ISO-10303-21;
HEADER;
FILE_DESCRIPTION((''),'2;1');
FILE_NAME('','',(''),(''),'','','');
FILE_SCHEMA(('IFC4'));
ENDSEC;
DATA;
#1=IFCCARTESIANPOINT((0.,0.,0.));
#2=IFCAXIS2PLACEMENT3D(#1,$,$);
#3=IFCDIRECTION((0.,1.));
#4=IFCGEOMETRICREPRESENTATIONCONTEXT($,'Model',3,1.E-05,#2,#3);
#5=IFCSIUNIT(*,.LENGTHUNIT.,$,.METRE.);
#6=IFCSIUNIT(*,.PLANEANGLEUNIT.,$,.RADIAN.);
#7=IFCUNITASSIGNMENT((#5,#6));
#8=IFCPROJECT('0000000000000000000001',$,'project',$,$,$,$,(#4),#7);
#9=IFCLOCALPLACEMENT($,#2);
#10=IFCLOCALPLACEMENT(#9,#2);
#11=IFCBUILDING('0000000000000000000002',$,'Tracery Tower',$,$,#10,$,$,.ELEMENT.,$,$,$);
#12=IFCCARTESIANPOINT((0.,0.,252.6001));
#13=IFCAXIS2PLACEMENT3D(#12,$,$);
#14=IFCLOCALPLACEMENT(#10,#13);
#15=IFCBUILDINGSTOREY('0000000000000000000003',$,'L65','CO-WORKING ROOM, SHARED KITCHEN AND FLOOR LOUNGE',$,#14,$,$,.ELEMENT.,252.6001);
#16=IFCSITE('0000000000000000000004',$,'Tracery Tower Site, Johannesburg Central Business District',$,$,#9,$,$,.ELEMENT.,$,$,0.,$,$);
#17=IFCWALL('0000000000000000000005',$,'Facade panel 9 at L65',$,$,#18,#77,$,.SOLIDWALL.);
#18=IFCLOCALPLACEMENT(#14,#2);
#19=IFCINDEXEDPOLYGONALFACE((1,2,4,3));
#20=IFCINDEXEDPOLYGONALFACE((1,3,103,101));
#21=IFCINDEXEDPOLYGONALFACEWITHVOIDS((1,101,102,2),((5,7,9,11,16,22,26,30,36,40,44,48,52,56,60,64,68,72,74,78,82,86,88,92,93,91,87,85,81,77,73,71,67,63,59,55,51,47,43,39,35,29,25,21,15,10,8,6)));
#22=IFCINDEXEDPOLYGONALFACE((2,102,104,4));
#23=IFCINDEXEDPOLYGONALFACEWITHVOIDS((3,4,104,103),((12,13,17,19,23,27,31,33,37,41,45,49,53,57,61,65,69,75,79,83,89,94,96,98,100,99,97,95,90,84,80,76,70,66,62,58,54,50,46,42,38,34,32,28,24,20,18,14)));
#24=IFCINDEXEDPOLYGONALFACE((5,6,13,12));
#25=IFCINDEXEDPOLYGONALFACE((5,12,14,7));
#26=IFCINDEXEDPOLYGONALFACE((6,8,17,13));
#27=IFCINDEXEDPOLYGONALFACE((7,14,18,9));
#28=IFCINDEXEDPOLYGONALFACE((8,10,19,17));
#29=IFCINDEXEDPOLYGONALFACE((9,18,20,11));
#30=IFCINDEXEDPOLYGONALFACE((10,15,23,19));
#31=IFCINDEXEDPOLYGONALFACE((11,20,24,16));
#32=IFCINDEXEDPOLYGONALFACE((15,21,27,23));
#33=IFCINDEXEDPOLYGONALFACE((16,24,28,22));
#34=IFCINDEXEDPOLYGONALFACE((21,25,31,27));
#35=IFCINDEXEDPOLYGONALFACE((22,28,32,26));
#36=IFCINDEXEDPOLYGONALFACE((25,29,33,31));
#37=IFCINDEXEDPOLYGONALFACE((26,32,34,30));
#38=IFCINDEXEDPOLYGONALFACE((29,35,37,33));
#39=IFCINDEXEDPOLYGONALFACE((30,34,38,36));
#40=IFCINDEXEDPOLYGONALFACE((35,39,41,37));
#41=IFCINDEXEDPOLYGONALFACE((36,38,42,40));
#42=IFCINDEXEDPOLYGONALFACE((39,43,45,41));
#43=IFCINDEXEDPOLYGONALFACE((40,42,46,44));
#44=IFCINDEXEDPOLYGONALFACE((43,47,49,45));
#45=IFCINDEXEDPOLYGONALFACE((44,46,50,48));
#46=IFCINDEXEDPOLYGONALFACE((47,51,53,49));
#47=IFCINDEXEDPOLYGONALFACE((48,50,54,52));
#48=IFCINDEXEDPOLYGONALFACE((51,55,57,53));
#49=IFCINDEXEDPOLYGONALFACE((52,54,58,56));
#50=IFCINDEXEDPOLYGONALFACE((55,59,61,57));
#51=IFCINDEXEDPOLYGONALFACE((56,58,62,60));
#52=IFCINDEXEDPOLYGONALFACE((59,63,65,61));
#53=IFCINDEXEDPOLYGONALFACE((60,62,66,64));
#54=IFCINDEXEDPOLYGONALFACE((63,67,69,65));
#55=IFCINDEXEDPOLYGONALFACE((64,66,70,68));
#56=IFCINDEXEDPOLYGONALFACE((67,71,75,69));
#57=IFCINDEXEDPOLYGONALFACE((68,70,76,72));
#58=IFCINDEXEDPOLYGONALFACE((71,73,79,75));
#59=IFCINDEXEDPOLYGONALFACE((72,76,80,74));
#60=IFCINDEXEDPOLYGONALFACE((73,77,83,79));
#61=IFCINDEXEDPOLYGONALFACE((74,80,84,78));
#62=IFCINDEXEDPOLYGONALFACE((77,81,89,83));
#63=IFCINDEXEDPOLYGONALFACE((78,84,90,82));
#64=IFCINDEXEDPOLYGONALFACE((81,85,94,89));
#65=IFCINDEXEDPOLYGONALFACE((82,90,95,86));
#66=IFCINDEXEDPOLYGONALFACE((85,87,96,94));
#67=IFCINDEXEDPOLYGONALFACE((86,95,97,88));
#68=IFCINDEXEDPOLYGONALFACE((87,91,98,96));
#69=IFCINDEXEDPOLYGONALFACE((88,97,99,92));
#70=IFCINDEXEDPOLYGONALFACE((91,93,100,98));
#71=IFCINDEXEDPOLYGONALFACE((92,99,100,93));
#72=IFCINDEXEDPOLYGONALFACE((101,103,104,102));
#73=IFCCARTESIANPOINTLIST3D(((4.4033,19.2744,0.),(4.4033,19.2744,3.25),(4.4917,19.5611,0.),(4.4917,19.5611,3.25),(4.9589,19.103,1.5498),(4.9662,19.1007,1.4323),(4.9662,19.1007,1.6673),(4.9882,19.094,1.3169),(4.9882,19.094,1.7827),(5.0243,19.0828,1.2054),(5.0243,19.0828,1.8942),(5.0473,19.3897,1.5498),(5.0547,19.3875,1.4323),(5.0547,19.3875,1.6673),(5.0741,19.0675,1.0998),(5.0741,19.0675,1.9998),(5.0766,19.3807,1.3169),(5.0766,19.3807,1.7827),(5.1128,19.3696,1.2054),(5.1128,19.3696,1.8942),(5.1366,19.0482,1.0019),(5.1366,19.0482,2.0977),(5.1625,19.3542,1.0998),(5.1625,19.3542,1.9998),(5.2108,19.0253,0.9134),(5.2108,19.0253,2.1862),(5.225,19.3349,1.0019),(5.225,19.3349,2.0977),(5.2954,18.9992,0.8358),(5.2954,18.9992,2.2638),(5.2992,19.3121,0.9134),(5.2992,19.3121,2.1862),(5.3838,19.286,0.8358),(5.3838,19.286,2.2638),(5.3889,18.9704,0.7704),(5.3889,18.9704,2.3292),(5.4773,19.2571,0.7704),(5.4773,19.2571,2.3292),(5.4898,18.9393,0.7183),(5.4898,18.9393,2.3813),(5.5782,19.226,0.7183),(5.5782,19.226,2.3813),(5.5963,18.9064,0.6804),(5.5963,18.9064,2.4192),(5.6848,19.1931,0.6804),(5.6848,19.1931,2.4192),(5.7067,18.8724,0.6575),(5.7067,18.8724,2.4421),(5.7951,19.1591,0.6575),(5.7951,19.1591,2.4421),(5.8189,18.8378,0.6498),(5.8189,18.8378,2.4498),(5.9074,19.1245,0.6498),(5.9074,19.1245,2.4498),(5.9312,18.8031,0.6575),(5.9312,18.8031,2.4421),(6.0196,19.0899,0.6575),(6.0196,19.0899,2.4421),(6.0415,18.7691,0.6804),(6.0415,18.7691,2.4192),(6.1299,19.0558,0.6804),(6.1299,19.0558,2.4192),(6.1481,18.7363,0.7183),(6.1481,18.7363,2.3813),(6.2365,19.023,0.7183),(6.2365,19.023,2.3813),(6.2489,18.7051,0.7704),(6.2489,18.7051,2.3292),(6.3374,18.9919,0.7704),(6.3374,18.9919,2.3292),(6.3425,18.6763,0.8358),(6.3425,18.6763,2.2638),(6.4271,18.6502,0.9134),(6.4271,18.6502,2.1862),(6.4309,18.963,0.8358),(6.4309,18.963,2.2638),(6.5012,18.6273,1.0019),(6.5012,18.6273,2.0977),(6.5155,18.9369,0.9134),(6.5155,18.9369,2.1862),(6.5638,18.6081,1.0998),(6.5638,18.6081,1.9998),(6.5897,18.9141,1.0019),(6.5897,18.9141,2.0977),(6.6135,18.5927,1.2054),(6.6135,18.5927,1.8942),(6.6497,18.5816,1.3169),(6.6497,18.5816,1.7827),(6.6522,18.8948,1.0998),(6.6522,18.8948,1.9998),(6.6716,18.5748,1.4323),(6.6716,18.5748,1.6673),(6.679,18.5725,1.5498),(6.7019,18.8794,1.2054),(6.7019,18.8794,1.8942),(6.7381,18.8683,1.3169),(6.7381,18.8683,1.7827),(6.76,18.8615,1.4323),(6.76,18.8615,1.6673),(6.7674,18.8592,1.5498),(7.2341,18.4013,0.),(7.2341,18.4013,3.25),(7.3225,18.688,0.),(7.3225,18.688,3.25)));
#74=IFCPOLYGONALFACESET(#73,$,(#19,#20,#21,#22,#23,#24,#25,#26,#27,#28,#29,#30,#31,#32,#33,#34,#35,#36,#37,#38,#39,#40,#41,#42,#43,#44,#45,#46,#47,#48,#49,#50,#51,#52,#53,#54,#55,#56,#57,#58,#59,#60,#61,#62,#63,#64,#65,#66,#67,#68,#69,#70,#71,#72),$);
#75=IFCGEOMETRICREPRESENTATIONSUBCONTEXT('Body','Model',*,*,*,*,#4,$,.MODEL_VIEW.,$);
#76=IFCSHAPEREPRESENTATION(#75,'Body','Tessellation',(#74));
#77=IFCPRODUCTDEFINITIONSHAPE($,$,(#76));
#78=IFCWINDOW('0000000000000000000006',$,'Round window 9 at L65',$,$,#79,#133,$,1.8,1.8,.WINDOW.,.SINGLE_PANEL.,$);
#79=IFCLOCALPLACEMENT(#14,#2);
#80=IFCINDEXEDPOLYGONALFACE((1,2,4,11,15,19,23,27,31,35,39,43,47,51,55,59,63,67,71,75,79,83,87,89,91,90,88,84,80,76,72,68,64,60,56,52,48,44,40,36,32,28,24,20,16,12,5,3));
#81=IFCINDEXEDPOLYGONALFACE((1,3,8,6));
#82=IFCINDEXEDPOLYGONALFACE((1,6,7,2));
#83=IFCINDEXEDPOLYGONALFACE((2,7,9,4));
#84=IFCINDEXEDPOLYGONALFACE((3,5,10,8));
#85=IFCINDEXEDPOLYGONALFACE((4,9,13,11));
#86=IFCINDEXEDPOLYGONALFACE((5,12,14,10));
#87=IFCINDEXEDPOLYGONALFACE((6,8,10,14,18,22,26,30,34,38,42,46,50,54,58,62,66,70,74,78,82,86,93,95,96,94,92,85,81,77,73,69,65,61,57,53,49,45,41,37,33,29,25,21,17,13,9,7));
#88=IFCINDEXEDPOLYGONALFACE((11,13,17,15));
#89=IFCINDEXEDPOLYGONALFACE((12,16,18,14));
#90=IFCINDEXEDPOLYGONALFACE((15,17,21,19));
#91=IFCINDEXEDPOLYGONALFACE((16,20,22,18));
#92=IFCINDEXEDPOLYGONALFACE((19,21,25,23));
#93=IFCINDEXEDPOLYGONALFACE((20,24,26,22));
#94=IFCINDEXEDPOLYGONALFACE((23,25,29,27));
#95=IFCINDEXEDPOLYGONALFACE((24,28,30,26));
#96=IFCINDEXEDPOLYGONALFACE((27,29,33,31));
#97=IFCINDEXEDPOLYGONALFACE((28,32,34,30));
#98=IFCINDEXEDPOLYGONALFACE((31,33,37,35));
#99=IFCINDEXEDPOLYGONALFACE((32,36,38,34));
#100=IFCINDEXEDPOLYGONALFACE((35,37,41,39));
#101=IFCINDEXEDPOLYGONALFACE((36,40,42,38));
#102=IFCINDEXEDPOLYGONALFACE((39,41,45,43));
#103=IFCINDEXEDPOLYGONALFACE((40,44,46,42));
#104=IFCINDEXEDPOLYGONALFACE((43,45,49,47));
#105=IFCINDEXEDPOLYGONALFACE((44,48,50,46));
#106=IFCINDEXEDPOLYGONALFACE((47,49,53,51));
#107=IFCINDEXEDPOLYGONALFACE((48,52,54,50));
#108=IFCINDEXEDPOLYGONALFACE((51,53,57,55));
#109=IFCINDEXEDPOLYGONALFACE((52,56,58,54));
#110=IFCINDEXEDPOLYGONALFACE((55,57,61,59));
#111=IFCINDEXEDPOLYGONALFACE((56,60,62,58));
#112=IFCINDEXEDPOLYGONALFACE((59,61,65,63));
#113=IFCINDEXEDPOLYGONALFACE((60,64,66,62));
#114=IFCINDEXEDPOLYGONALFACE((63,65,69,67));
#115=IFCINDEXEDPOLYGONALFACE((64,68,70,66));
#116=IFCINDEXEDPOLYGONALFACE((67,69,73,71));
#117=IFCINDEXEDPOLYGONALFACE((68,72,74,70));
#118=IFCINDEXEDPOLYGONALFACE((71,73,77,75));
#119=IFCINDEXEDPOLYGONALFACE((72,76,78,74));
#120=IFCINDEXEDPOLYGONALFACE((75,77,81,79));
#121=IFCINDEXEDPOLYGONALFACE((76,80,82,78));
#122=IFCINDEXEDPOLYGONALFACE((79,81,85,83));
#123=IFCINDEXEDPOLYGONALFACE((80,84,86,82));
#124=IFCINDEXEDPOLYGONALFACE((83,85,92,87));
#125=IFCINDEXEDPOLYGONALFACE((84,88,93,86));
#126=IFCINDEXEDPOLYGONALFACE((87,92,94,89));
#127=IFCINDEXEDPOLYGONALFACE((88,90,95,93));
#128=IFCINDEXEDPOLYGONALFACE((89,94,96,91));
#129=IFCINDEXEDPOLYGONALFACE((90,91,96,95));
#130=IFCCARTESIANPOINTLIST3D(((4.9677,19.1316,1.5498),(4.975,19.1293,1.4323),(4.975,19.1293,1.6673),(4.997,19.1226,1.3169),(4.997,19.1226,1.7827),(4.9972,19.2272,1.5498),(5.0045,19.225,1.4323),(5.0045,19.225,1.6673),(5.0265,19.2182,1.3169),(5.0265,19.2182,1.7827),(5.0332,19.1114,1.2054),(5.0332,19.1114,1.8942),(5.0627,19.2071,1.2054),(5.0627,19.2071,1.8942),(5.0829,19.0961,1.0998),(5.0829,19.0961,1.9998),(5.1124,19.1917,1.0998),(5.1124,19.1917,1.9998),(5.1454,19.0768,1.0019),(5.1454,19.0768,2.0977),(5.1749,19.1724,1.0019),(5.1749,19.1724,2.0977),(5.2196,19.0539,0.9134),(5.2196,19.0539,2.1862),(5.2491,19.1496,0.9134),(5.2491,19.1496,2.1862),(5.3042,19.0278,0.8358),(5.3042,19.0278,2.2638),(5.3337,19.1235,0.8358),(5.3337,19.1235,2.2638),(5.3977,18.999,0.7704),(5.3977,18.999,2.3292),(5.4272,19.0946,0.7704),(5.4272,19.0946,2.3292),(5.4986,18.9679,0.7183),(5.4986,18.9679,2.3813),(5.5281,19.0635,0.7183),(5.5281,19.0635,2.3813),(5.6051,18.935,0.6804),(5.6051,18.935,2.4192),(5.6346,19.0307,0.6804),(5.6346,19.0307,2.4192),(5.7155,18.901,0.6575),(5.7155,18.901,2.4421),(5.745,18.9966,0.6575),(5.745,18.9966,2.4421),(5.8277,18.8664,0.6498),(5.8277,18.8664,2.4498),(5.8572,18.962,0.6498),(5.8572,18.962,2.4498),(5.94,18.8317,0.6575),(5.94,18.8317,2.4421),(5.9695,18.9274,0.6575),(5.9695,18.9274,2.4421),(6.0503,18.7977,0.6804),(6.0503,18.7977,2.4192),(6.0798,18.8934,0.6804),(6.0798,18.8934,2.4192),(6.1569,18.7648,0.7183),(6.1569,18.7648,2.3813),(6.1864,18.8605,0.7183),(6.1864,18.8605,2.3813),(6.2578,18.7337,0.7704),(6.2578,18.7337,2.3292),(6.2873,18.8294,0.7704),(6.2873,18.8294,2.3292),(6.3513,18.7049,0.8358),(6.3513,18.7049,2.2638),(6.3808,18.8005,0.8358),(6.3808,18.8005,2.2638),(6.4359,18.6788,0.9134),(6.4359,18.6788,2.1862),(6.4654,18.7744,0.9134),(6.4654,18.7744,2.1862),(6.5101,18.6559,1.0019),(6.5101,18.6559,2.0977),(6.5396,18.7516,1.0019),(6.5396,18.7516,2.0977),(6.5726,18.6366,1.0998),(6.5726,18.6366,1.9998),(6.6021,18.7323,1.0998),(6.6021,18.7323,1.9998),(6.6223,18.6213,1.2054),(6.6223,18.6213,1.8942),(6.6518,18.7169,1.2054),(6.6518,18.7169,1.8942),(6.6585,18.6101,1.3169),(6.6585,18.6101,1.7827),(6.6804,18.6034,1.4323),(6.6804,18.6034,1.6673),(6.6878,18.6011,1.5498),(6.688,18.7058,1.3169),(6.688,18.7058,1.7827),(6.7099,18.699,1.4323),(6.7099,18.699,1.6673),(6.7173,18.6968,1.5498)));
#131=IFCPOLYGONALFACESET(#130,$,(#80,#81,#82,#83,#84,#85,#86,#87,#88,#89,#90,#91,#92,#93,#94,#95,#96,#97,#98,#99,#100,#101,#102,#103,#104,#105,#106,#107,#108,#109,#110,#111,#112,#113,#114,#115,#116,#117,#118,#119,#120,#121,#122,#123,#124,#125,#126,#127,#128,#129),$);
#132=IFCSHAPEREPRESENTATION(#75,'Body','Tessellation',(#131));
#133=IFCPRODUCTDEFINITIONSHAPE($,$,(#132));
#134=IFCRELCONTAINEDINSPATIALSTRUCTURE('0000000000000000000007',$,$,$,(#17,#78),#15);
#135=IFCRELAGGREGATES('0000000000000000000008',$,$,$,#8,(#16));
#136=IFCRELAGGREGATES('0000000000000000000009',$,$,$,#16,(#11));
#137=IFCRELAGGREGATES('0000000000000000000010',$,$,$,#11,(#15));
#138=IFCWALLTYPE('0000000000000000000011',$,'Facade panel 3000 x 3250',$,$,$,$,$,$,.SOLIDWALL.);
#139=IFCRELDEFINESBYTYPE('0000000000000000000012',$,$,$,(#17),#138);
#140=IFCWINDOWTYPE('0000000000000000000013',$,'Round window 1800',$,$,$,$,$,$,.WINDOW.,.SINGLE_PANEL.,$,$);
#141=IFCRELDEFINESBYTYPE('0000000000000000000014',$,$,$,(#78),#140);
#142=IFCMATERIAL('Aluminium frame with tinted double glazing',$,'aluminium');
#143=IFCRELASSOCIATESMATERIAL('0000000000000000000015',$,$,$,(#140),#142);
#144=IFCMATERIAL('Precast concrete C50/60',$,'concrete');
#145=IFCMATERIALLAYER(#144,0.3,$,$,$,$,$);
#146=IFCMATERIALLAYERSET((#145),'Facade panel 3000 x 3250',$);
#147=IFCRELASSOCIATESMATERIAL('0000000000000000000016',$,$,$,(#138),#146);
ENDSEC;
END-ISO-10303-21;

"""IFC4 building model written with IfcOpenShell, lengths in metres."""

from ifc_helpers import new_model, si_unit, direction, frame, frame_2d, origin, origin_2d, place, context, subcontext, project, spatial, rectangle, circle, extrude, material, layer, layer_set, type_object, element, fill, save


model = new_model("IFC4")

# Units and contexts
model_context = context("Model", 3, precision=1e-05, world=origin(), true_north=direction((0.0, 1.0)))
body_context = subcontext(model_context, "Body", "Model", "MODEL_VIEW")
ifc_project = project(units=[si_unit("LENGTHUNIT", "METRE"), si_unit("PLANEANGLEUNIT", "RADIAN")], contexts=[model_context])

# Site, building, storey
site_placement = place(None, origin())
site = spatial("IfcSite", under=ifc_project, at=site_placement, Name="Tracery Tower Site, Johannesburg Central Business District", CompositionType="ELEMENT", RefElevation=0.0)
building_placement = place(site_placement, origin())
building = spatial("IfcBuilding", under=site, at=building_placement, Name="Tracery Tower", CompositionType="ELEMENT")
storey_placement = place(building_placement, frame((0.0, 0.0, 252.6001)))
storey = spatial("IfcBuildingStorey", under=building, at=storey_placement, Name="L65", Description="CO-WORKING ROOM, SHARED KITCHEN AND FLOOR LOUNGE", CompositionType="ELEMENT", Elevation=252.6001)

# Wall, opening, window
ifc_material_1 = material(Name="Aluminium frame with tinted double glazing", Category="aluminium")
window_type = type_object("IfcWindowType", Name="Round window 1800", PartitioningType="SINGLE_PANEL", PredefinedType="WINDOW", material=ifc_material_1)
ifc_material_2 = material(Name="Precast concrete C50/60", Category="concrete")
ifc_layer_1 = layer(ifc_material_2, 0.3)
ifc_layer_set_1 = layer_set([ifc_layer_1], Name="Facade panel 3000 x 3250")
wall_type_1 = type_object("IfcWallType", Name="Facade panel 3000 x 3250", PredefinedType="SOLIDWALL", material=ifc_layer_set_1)
wall_1_placement = place(storey_placement, frame((7.2783, 18.5447, 0.0), z_axis=(0.0, 0.0, 1.0), x_axis=(-0.955586, 0.294711, 0.0)))
wall_1 = element("IfcWall", 1, at=wall_1_placement, inside=storey, type_object=wall_type_1, Name="Facade panel 9 at L65", PredefinedType="SOLIDWALL", context=body_context, shape_type="SweptSolid", body=[
    extrude(rectangle(XDim=2.9624, YDim=0.3, at=frame_2d((1.4812, 0.0))), origin(), (0.0, 0.0, 1.0), 3.25),
])
opening_1_placement = place(wall_1_placement, frame((1.481, 0.0, 1.5498)))
opening_1 = element("IfcOpeningElement", 2, at=opening_1_placement, cuts=wall_1, PredefinedType="OPENING", context=body_context, shape_type="SweptSolid", body=[
    extrude(circle(Radius=0.9, at=origin_2d()), frame((0.0, 0.1599, 0.0), z_axis=(0.0, -1.0, 0.0), x_axis=(1.0, 0.0, 0.0)), (0.0, 0.0, 1.0), 0.3201),
])
window_1_placement = place(opening_1_placement, origin())
window_1 = element("IfcWindow", 3, at=window_1_placement, inside=storey, type_object=window_type, Name="Round window 9 at L65", OverallHeight=1.8, OverallWidth=1.8, PartitioningType="SINGLE_PANEL", PredefinedType="WINDOW", context=body_context, shape_type="SweptSolid", body=[
    extrude(circle(Radius=0.9, at=origin_2d()), frame((0.0, 0.1201, 0.0), z_axis=(0.0, -1.0, 0.0), x_axis=(1.0, 0.0, 0.0)), (0.0, 0.0, 1.0), 0.1001),
])
fill(opening_1, window_1)

save(model, "model.ifc")
